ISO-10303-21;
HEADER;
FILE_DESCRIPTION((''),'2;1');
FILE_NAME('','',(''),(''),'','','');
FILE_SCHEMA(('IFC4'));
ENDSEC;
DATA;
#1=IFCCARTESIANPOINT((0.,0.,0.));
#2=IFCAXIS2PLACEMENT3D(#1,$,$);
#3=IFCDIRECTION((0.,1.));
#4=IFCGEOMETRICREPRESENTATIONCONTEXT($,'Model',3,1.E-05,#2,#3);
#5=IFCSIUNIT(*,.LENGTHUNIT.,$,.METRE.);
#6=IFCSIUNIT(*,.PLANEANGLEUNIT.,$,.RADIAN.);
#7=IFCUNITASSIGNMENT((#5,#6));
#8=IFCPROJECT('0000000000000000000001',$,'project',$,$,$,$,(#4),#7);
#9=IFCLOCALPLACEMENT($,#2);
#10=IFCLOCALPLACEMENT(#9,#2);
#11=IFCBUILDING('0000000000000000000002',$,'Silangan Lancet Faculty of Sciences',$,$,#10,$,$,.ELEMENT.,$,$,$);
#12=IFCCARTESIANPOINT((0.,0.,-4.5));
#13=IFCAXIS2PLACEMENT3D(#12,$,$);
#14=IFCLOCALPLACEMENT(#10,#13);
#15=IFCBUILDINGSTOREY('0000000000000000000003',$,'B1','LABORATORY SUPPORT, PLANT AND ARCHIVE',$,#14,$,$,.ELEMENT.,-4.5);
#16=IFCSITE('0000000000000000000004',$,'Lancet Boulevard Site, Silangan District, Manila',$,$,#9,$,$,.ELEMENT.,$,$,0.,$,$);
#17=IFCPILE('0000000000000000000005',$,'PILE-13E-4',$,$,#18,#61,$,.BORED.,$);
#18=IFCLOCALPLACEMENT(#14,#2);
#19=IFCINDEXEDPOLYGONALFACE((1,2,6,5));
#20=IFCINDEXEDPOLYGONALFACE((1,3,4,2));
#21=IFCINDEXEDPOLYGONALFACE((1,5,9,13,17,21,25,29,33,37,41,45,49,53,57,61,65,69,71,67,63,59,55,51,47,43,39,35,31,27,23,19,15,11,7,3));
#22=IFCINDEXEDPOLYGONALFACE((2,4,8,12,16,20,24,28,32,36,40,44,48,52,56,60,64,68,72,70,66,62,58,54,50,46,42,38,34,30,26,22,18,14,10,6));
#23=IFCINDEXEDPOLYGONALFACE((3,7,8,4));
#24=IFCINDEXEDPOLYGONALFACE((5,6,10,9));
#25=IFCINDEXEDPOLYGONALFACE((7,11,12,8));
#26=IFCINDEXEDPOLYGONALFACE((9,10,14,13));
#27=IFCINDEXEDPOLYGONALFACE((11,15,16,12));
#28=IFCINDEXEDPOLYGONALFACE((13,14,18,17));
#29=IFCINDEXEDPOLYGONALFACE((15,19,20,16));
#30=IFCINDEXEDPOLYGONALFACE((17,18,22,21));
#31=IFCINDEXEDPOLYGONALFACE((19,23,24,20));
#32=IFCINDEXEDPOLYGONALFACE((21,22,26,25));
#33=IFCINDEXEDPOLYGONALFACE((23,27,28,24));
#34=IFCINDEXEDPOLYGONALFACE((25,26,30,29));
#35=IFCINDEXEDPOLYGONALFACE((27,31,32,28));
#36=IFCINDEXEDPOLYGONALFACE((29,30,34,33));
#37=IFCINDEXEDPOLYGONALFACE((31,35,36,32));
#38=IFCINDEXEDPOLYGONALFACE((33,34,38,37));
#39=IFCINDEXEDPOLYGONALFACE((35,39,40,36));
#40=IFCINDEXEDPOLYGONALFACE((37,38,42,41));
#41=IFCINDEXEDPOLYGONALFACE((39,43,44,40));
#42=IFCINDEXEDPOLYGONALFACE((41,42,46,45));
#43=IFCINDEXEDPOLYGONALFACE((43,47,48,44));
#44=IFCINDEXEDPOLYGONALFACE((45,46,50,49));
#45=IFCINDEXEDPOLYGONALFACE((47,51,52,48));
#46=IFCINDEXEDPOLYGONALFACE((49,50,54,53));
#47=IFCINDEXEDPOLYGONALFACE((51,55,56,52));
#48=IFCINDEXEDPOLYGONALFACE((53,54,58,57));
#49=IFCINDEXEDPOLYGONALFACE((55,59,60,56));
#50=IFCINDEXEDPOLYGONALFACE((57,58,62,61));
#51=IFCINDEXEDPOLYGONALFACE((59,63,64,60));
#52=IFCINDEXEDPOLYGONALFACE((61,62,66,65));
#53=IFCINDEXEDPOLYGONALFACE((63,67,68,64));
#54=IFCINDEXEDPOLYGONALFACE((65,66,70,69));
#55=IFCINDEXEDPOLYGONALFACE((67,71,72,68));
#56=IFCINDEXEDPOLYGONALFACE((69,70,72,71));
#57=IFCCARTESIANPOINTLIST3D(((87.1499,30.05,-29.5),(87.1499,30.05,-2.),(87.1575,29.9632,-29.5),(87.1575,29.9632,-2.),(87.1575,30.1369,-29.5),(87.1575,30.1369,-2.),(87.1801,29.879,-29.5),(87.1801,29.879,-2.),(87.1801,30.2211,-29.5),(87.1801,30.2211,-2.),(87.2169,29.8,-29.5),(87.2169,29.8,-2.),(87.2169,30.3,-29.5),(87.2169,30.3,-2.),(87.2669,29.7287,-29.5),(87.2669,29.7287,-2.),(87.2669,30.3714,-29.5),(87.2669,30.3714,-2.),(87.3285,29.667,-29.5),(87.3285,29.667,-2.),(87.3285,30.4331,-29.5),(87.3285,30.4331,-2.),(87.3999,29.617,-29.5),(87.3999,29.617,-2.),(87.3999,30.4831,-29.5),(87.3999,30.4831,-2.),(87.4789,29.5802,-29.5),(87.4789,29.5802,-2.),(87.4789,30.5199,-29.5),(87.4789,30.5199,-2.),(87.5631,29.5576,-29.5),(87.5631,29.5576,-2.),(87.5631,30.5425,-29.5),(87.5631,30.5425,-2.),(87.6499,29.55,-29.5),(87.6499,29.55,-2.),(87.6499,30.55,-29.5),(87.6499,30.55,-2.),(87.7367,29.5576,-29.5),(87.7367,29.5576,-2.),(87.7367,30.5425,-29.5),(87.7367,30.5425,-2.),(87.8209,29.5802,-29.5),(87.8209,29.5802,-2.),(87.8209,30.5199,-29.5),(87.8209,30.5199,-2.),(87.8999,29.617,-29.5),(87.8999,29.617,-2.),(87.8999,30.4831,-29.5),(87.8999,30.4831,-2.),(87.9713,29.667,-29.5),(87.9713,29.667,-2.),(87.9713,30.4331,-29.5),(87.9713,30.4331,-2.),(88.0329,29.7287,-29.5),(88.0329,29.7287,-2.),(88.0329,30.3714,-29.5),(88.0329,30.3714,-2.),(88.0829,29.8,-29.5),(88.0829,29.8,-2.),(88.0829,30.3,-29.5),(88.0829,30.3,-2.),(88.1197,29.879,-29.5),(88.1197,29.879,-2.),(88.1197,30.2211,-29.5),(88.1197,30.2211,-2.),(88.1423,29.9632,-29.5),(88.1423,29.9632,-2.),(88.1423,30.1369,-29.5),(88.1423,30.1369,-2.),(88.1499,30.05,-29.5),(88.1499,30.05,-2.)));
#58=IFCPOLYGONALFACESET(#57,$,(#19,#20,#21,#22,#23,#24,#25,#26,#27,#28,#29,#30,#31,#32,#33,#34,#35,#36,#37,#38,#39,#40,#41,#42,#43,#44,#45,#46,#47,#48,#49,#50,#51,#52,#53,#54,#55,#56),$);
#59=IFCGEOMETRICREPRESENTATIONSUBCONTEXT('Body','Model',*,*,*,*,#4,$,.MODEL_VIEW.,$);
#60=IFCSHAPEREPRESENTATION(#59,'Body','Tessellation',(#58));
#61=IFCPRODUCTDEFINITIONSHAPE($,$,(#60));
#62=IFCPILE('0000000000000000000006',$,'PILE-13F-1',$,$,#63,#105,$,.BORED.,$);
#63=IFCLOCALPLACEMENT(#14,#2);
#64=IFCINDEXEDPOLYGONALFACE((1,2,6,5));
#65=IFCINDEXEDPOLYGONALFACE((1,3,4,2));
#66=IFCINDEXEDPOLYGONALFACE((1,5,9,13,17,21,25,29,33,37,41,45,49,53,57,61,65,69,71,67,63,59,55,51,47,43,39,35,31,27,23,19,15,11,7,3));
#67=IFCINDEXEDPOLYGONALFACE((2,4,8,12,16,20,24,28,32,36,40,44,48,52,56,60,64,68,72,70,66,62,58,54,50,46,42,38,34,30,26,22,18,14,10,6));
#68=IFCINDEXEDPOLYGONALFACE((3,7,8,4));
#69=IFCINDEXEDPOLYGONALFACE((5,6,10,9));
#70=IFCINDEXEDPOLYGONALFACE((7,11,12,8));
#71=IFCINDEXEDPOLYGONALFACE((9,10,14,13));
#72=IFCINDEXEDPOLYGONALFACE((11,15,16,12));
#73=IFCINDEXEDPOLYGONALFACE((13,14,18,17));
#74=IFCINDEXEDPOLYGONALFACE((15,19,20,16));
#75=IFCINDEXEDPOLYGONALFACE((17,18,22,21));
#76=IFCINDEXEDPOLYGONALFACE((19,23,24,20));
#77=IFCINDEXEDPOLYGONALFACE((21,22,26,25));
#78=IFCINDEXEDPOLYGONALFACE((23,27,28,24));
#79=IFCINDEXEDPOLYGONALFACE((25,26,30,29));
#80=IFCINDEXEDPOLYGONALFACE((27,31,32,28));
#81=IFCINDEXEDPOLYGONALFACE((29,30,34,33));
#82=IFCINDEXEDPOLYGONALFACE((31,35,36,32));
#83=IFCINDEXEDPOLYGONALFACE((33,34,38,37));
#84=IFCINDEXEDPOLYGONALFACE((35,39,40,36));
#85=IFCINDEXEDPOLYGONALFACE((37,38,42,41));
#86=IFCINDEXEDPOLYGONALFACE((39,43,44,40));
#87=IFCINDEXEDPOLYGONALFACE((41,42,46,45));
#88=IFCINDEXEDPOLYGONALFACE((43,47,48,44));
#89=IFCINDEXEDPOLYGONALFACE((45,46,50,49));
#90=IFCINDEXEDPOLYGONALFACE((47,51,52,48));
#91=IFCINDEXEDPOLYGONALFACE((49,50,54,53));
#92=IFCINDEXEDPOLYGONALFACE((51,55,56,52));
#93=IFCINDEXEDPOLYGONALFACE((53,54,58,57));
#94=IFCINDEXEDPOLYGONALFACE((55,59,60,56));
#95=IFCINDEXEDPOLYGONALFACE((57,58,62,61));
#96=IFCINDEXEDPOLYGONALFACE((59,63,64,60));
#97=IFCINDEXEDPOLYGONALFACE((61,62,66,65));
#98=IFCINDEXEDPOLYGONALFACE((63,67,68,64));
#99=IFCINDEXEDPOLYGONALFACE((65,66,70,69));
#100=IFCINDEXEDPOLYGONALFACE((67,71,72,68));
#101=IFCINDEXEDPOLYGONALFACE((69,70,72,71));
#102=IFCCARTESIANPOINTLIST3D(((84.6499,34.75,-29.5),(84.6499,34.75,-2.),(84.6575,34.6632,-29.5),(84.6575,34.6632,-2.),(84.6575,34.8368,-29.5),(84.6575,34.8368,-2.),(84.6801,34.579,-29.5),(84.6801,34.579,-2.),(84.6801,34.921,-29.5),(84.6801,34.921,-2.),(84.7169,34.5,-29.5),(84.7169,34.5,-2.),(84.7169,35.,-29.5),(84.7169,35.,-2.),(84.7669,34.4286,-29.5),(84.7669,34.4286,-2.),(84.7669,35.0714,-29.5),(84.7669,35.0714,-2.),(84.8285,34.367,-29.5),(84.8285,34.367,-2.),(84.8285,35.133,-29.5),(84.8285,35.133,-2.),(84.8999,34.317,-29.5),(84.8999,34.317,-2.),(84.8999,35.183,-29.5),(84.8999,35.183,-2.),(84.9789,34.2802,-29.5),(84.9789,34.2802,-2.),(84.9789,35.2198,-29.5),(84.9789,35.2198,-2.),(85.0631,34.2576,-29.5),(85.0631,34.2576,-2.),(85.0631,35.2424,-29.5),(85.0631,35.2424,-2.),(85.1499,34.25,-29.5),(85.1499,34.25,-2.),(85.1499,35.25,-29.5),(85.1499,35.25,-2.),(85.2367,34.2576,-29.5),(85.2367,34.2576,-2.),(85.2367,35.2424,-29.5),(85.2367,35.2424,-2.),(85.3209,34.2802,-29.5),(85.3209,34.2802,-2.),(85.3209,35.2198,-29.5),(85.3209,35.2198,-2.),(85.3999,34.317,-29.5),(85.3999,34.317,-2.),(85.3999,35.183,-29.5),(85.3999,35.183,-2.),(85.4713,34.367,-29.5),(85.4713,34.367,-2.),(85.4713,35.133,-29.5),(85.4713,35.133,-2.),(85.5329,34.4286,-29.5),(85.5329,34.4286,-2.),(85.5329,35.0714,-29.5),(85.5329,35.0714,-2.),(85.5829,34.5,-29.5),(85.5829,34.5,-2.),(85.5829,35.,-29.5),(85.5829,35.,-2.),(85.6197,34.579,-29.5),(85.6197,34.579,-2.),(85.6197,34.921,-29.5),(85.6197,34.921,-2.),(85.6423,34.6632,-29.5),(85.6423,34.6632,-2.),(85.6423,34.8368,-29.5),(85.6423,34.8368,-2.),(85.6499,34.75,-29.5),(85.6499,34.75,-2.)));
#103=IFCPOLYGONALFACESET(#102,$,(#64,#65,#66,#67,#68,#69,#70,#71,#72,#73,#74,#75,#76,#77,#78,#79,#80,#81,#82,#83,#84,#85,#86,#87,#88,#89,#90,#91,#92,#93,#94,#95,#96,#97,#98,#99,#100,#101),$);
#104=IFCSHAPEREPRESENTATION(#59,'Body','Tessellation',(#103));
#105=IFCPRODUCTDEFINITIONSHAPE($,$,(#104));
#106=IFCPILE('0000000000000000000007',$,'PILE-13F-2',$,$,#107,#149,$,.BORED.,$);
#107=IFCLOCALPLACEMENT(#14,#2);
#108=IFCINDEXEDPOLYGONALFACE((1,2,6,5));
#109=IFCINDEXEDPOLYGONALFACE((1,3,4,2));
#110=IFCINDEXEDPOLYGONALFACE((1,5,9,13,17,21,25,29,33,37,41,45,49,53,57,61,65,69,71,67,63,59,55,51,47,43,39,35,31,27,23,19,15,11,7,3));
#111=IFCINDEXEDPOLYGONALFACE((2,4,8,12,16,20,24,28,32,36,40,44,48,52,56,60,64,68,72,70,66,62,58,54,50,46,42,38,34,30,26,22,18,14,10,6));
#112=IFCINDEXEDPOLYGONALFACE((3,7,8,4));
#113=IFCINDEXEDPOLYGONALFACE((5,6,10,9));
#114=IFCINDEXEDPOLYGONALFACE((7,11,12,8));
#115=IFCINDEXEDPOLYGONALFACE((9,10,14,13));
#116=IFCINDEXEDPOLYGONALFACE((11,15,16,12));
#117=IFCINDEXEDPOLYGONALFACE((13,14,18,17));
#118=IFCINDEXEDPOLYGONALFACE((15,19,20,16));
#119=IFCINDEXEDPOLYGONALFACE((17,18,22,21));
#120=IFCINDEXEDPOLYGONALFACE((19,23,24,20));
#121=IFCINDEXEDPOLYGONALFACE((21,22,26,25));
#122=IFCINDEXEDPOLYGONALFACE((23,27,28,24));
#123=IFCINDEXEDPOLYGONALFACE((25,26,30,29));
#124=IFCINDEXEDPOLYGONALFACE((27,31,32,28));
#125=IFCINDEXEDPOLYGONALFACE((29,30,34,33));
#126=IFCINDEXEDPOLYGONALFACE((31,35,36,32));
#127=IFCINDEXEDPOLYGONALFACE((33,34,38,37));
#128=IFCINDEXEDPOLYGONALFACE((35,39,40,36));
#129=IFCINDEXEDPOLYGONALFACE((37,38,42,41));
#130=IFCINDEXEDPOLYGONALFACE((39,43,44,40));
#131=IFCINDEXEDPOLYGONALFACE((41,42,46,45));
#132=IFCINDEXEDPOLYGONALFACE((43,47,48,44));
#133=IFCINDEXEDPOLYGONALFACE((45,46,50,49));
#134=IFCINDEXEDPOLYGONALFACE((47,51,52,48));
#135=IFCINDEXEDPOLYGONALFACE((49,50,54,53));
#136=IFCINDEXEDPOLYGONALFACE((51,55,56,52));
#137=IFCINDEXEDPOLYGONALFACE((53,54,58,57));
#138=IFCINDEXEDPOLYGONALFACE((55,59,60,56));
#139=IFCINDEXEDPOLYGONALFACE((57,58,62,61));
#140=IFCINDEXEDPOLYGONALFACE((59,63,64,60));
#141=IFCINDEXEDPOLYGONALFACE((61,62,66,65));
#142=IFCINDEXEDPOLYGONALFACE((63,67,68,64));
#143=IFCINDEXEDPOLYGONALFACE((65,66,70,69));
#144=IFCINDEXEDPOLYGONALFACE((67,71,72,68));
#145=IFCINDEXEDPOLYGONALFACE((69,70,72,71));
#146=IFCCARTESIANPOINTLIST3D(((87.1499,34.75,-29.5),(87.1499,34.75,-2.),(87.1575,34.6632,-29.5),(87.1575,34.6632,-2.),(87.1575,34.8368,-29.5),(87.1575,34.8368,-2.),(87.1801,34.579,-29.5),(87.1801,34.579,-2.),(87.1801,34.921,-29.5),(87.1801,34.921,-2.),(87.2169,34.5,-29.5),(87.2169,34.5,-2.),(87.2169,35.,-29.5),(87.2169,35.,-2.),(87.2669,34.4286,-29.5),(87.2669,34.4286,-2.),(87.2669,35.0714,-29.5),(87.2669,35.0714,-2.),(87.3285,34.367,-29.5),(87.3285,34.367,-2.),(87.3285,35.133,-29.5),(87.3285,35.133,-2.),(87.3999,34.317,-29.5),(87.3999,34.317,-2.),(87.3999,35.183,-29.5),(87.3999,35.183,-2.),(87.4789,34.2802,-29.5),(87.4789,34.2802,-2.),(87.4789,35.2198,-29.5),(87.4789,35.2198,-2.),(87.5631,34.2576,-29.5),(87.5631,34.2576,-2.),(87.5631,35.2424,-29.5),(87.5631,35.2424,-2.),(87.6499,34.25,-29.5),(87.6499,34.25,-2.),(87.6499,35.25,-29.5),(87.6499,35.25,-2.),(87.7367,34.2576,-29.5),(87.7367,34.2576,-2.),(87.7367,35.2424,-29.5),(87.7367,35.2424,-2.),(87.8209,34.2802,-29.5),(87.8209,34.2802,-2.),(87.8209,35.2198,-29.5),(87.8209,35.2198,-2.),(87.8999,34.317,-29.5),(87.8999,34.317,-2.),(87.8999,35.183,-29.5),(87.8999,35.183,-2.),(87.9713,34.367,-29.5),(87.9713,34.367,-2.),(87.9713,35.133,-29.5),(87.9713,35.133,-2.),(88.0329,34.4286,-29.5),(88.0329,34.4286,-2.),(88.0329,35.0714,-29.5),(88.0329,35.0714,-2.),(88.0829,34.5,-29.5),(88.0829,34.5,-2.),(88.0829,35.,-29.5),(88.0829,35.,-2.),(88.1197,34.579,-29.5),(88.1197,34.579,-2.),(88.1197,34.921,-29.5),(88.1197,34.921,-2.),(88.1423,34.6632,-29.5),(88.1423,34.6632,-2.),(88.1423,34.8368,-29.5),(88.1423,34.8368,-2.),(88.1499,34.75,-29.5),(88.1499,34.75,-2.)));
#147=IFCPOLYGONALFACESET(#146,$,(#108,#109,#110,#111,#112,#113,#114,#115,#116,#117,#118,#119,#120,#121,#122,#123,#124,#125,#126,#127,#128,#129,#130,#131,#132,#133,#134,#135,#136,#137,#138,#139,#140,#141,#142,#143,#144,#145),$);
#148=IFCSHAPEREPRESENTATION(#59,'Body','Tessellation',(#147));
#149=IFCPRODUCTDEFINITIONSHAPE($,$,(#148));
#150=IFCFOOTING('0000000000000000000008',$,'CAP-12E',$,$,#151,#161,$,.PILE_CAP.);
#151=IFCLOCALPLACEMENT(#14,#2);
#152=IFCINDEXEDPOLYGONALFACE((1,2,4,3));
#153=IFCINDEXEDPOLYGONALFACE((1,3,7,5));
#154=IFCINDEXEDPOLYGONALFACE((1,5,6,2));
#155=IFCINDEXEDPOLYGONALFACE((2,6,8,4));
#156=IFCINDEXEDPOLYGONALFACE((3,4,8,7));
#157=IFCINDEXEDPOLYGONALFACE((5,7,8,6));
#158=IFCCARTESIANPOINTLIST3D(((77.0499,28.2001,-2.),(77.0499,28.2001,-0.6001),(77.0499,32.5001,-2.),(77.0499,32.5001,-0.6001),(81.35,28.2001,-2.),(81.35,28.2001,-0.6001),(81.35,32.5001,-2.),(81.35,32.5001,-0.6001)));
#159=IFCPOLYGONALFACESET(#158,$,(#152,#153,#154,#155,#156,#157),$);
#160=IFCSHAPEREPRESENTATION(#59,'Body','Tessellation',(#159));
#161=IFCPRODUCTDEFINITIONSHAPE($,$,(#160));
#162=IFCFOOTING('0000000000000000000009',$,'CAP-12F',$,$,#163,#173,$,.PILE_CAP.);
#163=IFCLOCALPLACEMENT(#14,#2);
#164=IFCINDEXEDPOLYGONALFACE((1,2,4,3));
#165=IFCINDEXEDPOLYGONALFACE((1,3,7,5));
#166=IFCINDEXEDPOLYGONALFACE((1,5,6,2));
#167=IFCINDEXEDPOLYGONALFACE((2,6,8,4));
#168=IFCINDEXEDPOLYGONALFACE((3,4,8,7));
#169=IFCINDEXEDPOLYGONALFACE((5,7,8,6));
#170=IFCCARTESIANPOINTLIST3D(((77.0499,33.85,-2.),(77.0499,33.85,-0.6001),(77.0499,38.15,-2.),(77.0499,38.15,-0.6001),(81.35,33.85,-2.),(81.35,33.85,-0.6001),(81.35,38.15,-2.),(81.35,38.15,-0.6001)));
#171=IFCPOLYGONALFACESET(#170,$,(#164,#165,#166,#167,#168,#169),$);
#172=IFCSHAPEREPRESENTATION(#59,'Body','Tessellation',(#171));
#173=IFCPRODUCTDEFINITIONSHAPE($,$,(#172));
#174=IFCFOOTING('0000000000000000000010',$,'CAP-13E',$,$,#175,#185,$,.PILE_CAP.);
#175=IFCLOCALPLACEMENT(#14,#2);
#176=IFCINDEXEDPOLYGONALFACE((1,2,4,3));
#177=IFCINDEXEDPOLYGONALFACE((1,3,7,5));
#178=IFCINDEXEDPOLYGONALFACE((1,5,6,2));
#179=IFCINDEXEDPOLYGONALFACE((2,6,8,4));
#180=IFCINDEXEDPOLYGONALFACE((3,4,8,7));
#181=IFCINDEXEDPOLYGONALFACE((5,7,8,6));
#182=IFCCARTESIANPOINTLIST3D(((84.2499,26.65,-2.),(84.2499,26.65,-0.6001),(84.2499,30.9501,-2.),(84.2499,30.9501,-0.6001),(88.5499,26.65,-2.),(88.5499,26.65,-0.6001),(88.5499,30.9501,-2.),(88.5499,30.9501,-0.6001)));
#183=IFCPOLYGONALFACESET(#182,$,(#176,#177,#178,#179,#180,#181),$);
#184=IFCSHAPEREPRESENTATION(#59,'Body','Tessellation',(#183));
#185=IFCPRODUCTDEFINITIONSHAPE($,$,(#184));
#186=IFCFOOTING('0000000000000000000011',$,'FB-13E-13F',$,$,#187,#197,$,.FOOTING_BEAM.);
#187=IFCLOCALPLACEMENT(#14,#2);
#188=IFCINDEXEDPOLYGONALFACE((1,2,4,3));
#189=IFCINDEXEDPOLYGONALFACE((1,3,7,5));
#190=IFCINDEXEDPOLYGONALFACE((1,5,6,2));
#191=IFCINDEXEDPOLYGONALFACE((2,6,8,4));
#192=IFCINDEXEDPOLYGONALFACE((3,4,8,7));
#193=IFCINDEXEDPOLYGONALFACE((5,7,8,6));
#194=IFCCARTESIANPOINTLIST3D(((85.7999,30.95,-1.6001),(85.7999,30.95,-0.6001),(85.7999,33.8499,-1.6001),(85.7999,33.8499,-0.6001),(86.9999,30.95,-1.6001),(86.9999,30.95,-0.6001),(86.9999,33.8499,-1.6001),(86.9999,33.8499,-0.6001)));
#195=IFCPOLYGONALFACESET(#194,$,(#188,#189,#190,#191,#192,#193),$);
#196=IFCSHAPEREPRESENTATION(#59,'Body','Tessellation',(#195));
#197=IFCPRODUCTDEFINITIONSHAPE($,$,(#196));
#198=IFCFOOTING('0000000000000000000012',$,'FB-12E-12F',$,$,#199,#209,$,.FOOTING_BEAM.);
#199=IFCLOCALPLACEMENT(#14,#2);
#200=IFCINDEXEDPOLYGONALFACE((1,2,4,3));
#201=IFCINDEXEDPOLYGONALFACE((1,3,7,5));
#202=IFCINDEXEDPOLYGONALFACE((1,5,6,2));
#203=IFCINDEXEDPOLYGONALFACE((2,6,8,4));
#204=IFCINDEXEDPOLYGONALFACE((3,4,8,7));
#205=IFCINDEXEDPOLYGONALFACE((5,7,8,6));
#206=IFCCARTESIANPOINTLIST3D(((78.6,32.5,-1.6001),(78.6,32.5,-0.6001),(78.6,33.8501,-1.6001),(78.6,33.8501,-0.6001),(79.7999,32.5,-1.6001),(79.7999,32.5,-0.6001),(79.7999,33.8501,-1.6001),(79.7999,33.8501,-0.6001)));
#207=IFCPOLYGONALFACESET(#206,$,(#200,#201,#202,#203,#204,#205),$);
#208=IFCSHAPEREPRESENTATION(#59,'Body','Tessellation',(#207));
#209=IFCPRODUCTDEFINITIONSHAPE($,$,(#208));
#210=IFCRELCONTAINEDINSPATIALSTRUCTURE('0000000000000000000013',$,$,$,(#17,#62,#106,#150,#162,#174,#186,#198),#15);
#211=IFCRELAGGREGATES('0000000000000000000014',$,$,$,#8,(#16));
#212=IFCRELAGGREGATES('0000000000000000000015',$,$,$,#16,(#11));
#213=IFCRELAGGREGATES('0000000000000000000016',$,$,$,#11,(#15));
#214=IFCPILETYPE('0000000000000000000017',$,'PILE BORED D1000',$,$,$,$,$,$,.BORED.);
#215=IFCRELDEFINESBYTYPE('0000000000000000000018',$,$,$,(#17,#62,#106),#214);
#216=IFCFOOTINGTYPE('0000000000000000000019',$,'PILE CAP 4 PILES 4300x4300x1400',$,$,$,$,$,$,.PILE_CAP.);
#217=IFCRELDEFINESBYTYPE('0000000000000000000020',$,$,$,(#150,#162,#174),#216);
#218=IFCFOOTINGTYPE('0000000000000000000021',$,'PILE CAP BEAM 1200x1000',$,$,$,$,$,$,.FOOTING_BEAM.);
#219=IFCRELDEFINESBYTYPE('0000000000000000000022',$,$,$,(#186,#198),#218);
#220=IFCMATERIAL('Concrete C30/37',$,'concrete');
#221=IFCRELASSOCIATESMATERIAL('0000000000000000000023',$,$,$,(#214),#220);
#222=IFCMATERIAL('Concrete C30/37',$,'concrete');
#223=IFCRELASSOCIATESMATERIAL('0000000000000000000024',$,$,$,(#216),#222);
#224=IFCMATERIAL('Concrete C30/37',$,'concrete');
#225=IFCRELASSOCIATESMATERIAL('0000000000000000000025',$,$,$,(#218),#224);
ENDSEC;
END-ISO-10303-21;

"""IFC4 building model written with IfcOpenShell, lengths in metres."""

from ifc_helpers import new_model, si_unit, direction, frame, origin, origin_2d, place, context, subcontext, project, spatial, rectangle, circle, extrude, material, material_profile, profile_set, type_object, element, save


model = new_model("IFC4")

# Units and contexts
model_context = context("Model", 3, precision=1e-05, world=origin(), true_north=direction((0.0, 1.0)))
body_context = subcontext(model_context, "Body", "Model", "MODEL_VIEW")
ifc_project = project(units=[si_unit("LENGTHUNIT", "METRE"), si_unit("PLANEANGLEUNIT", "RADIAN")], contexts=[model_context])

# Site, building, storey
site_placement = place(None, origin())
site = spatial("IfcSite", under=ifc_project, at=site_placement, Name="Lancet Boulevard Site, Silangan District, Manila", CompositionType="ELEMENT", RefElevation=0.0)
building_placement = place(site_placement, origin())
building = spatial("IfcBuilding", under=site, at=building_placement, Name="Silangan Lancet Faculty of Sciences", CompositionType="ELEMENT")
storey_placement = place(building_placement, frame((0.0, 0.0, -4.5)))
storey = spatial("IfcBuildingStorey", under=building, at=storey_placement, Name="B1", Description="LABORATORY SUPPORT, PLANT AND ARCHIVE", CompositionType="ELEMENT", Elevation=-4.5)

# Piles
ifc_material_1 = material(Name="Concrete C30/37", Category="concrete")
ifc_material_profile_1 = material_profile(ifc_material_1, circle(Radius=0.5, at=origin_2d()), Name="BORED PILE D1000")
ifc_profile_set_1 = profile_set([ifc_material_profile_1], Name="Concrete C30/37")
pile_type = type_object("IfcPileType", Name="PILE BORED D1000", PredefinedType="BORED", material=ifc_profile_set_1)
for number, where, z_axis, x_axis, name in (
    (1, (87.6499, 30.05, -2.0), (0.0, 0.0, -1.0), (1.0, 0.0, 0.0), "PILE-13E-4"),
    (2, (85.1499, 34.75, -2.0), (0.0, 0.0, -1.0), (1.0, 0.0, 0.0), "PILE-13F-1"),
    (3, (87.6499, 34.75, -2.0), (0.0, 0.0, -1.0), (1.0, 0.0, 0.0), "PILE-13F-2"),
):
    element("IfcPile", number, at=place(storey_placement, frame(where, z_axis=z_axis, x_axis=x_axis)), inside=storey, type_object=pile_type, Name=name, PredefinedType="BORED", context=body_context, shape_type="SweptSolid", body=[
        extrude(circle(Radius=0.5, at=origin_2d()), origin(), (0.0, 0.0, 1.0), 27.5),
    ])

# Footings
ifc_material_2 = material(Name="Concrete C30/37", Category="concrete")
footing_type_1 = type_object("IfcFootingType", Name="PILE CAP 4 PILES 4300x4300x1400", PredefinedType="PILE_CAP", material=ifc_material_2)
for number, where, z_axis, x_axis, name in (
    (4, (79.2, 30.3501, -2.0), (0.0, 0.0, 1.0), (1.0, 0.0, 0.0), "CAP-12E"),
    (5, (79.2, 36.0, -2.0), (0.0, 0.0, 1.0), (1.0, 0.0, 0.0), "CAP-12F"),
    (6, (86.3999, 28.8, -2.0), (0.0, 0.0, 1.0), (1.0, 0.0, 0.0), "CAP-13E"),
):
    element("IfcFooting", number, at=place(storey_placement, frame(where, z_axis=z_axis, x_axis=x_axis)), inside=storey, type_object=footing_type_1, Name=name, PredefinedType="PILE_CAP", context=body_context, shape_type="SweptSolid", body=[
        extrude(rectangle(XDim=4.3, YDim=4.3, at=origin_2d()), origin(), (0.0, 0.0, 1.0), 1.3999),
    ])
ifc_material_3 = material(Name="Concrete C30/37", Category="concrete")
footing_type_2 = type_object("IfcFootingType", Name="PILE CAP BEAM 1200x1000", PredefinedType="FOOTING_BEAM", material=ifc_material_3)
footing_1_placement = place(storey_placement, frame((86.3999, 32.3999, -1.6001), z_axis=(0.0, 0.0, 1.0), x_axis=(0.0, 1.0, 0.0)))
element("IfcFooting", 7, at=footing_1_placement, inside=storey, type_object=footing_type_2, Name="FB-13E-13F", PredefinedType="FOOTING_BEAM", context=body_context, shape_type="SweptSolid", body=[
    extrude(rectangle(XDim=2.8999, YDim=1.2, at=origin_2d()), origin(), (0.0, 0.0, 1.0), 1.0),
])
footing_2_placement = place(storey_placement, frame((79.2, 33.175, -1.6001), z_axis=(0.0, 0.0, 1.0), x_axis=(0.0, 1.0, 0.0)))
element("IfcFooting", 8, at=footing_2_placement, inside=storey, type_object=footing_type_2, Name="FB-12E-12F", PredefinedType="FOOTING_BEAM", context=body_context, shape_type="SweptSolid", body=[
    extrude(rectangle(XDim=1.3501, YDim=1.2, at=origin_2d()), origin(), (0.0, 0.0, 1.0), 1.0),
])

save(model, "model.ifc")
